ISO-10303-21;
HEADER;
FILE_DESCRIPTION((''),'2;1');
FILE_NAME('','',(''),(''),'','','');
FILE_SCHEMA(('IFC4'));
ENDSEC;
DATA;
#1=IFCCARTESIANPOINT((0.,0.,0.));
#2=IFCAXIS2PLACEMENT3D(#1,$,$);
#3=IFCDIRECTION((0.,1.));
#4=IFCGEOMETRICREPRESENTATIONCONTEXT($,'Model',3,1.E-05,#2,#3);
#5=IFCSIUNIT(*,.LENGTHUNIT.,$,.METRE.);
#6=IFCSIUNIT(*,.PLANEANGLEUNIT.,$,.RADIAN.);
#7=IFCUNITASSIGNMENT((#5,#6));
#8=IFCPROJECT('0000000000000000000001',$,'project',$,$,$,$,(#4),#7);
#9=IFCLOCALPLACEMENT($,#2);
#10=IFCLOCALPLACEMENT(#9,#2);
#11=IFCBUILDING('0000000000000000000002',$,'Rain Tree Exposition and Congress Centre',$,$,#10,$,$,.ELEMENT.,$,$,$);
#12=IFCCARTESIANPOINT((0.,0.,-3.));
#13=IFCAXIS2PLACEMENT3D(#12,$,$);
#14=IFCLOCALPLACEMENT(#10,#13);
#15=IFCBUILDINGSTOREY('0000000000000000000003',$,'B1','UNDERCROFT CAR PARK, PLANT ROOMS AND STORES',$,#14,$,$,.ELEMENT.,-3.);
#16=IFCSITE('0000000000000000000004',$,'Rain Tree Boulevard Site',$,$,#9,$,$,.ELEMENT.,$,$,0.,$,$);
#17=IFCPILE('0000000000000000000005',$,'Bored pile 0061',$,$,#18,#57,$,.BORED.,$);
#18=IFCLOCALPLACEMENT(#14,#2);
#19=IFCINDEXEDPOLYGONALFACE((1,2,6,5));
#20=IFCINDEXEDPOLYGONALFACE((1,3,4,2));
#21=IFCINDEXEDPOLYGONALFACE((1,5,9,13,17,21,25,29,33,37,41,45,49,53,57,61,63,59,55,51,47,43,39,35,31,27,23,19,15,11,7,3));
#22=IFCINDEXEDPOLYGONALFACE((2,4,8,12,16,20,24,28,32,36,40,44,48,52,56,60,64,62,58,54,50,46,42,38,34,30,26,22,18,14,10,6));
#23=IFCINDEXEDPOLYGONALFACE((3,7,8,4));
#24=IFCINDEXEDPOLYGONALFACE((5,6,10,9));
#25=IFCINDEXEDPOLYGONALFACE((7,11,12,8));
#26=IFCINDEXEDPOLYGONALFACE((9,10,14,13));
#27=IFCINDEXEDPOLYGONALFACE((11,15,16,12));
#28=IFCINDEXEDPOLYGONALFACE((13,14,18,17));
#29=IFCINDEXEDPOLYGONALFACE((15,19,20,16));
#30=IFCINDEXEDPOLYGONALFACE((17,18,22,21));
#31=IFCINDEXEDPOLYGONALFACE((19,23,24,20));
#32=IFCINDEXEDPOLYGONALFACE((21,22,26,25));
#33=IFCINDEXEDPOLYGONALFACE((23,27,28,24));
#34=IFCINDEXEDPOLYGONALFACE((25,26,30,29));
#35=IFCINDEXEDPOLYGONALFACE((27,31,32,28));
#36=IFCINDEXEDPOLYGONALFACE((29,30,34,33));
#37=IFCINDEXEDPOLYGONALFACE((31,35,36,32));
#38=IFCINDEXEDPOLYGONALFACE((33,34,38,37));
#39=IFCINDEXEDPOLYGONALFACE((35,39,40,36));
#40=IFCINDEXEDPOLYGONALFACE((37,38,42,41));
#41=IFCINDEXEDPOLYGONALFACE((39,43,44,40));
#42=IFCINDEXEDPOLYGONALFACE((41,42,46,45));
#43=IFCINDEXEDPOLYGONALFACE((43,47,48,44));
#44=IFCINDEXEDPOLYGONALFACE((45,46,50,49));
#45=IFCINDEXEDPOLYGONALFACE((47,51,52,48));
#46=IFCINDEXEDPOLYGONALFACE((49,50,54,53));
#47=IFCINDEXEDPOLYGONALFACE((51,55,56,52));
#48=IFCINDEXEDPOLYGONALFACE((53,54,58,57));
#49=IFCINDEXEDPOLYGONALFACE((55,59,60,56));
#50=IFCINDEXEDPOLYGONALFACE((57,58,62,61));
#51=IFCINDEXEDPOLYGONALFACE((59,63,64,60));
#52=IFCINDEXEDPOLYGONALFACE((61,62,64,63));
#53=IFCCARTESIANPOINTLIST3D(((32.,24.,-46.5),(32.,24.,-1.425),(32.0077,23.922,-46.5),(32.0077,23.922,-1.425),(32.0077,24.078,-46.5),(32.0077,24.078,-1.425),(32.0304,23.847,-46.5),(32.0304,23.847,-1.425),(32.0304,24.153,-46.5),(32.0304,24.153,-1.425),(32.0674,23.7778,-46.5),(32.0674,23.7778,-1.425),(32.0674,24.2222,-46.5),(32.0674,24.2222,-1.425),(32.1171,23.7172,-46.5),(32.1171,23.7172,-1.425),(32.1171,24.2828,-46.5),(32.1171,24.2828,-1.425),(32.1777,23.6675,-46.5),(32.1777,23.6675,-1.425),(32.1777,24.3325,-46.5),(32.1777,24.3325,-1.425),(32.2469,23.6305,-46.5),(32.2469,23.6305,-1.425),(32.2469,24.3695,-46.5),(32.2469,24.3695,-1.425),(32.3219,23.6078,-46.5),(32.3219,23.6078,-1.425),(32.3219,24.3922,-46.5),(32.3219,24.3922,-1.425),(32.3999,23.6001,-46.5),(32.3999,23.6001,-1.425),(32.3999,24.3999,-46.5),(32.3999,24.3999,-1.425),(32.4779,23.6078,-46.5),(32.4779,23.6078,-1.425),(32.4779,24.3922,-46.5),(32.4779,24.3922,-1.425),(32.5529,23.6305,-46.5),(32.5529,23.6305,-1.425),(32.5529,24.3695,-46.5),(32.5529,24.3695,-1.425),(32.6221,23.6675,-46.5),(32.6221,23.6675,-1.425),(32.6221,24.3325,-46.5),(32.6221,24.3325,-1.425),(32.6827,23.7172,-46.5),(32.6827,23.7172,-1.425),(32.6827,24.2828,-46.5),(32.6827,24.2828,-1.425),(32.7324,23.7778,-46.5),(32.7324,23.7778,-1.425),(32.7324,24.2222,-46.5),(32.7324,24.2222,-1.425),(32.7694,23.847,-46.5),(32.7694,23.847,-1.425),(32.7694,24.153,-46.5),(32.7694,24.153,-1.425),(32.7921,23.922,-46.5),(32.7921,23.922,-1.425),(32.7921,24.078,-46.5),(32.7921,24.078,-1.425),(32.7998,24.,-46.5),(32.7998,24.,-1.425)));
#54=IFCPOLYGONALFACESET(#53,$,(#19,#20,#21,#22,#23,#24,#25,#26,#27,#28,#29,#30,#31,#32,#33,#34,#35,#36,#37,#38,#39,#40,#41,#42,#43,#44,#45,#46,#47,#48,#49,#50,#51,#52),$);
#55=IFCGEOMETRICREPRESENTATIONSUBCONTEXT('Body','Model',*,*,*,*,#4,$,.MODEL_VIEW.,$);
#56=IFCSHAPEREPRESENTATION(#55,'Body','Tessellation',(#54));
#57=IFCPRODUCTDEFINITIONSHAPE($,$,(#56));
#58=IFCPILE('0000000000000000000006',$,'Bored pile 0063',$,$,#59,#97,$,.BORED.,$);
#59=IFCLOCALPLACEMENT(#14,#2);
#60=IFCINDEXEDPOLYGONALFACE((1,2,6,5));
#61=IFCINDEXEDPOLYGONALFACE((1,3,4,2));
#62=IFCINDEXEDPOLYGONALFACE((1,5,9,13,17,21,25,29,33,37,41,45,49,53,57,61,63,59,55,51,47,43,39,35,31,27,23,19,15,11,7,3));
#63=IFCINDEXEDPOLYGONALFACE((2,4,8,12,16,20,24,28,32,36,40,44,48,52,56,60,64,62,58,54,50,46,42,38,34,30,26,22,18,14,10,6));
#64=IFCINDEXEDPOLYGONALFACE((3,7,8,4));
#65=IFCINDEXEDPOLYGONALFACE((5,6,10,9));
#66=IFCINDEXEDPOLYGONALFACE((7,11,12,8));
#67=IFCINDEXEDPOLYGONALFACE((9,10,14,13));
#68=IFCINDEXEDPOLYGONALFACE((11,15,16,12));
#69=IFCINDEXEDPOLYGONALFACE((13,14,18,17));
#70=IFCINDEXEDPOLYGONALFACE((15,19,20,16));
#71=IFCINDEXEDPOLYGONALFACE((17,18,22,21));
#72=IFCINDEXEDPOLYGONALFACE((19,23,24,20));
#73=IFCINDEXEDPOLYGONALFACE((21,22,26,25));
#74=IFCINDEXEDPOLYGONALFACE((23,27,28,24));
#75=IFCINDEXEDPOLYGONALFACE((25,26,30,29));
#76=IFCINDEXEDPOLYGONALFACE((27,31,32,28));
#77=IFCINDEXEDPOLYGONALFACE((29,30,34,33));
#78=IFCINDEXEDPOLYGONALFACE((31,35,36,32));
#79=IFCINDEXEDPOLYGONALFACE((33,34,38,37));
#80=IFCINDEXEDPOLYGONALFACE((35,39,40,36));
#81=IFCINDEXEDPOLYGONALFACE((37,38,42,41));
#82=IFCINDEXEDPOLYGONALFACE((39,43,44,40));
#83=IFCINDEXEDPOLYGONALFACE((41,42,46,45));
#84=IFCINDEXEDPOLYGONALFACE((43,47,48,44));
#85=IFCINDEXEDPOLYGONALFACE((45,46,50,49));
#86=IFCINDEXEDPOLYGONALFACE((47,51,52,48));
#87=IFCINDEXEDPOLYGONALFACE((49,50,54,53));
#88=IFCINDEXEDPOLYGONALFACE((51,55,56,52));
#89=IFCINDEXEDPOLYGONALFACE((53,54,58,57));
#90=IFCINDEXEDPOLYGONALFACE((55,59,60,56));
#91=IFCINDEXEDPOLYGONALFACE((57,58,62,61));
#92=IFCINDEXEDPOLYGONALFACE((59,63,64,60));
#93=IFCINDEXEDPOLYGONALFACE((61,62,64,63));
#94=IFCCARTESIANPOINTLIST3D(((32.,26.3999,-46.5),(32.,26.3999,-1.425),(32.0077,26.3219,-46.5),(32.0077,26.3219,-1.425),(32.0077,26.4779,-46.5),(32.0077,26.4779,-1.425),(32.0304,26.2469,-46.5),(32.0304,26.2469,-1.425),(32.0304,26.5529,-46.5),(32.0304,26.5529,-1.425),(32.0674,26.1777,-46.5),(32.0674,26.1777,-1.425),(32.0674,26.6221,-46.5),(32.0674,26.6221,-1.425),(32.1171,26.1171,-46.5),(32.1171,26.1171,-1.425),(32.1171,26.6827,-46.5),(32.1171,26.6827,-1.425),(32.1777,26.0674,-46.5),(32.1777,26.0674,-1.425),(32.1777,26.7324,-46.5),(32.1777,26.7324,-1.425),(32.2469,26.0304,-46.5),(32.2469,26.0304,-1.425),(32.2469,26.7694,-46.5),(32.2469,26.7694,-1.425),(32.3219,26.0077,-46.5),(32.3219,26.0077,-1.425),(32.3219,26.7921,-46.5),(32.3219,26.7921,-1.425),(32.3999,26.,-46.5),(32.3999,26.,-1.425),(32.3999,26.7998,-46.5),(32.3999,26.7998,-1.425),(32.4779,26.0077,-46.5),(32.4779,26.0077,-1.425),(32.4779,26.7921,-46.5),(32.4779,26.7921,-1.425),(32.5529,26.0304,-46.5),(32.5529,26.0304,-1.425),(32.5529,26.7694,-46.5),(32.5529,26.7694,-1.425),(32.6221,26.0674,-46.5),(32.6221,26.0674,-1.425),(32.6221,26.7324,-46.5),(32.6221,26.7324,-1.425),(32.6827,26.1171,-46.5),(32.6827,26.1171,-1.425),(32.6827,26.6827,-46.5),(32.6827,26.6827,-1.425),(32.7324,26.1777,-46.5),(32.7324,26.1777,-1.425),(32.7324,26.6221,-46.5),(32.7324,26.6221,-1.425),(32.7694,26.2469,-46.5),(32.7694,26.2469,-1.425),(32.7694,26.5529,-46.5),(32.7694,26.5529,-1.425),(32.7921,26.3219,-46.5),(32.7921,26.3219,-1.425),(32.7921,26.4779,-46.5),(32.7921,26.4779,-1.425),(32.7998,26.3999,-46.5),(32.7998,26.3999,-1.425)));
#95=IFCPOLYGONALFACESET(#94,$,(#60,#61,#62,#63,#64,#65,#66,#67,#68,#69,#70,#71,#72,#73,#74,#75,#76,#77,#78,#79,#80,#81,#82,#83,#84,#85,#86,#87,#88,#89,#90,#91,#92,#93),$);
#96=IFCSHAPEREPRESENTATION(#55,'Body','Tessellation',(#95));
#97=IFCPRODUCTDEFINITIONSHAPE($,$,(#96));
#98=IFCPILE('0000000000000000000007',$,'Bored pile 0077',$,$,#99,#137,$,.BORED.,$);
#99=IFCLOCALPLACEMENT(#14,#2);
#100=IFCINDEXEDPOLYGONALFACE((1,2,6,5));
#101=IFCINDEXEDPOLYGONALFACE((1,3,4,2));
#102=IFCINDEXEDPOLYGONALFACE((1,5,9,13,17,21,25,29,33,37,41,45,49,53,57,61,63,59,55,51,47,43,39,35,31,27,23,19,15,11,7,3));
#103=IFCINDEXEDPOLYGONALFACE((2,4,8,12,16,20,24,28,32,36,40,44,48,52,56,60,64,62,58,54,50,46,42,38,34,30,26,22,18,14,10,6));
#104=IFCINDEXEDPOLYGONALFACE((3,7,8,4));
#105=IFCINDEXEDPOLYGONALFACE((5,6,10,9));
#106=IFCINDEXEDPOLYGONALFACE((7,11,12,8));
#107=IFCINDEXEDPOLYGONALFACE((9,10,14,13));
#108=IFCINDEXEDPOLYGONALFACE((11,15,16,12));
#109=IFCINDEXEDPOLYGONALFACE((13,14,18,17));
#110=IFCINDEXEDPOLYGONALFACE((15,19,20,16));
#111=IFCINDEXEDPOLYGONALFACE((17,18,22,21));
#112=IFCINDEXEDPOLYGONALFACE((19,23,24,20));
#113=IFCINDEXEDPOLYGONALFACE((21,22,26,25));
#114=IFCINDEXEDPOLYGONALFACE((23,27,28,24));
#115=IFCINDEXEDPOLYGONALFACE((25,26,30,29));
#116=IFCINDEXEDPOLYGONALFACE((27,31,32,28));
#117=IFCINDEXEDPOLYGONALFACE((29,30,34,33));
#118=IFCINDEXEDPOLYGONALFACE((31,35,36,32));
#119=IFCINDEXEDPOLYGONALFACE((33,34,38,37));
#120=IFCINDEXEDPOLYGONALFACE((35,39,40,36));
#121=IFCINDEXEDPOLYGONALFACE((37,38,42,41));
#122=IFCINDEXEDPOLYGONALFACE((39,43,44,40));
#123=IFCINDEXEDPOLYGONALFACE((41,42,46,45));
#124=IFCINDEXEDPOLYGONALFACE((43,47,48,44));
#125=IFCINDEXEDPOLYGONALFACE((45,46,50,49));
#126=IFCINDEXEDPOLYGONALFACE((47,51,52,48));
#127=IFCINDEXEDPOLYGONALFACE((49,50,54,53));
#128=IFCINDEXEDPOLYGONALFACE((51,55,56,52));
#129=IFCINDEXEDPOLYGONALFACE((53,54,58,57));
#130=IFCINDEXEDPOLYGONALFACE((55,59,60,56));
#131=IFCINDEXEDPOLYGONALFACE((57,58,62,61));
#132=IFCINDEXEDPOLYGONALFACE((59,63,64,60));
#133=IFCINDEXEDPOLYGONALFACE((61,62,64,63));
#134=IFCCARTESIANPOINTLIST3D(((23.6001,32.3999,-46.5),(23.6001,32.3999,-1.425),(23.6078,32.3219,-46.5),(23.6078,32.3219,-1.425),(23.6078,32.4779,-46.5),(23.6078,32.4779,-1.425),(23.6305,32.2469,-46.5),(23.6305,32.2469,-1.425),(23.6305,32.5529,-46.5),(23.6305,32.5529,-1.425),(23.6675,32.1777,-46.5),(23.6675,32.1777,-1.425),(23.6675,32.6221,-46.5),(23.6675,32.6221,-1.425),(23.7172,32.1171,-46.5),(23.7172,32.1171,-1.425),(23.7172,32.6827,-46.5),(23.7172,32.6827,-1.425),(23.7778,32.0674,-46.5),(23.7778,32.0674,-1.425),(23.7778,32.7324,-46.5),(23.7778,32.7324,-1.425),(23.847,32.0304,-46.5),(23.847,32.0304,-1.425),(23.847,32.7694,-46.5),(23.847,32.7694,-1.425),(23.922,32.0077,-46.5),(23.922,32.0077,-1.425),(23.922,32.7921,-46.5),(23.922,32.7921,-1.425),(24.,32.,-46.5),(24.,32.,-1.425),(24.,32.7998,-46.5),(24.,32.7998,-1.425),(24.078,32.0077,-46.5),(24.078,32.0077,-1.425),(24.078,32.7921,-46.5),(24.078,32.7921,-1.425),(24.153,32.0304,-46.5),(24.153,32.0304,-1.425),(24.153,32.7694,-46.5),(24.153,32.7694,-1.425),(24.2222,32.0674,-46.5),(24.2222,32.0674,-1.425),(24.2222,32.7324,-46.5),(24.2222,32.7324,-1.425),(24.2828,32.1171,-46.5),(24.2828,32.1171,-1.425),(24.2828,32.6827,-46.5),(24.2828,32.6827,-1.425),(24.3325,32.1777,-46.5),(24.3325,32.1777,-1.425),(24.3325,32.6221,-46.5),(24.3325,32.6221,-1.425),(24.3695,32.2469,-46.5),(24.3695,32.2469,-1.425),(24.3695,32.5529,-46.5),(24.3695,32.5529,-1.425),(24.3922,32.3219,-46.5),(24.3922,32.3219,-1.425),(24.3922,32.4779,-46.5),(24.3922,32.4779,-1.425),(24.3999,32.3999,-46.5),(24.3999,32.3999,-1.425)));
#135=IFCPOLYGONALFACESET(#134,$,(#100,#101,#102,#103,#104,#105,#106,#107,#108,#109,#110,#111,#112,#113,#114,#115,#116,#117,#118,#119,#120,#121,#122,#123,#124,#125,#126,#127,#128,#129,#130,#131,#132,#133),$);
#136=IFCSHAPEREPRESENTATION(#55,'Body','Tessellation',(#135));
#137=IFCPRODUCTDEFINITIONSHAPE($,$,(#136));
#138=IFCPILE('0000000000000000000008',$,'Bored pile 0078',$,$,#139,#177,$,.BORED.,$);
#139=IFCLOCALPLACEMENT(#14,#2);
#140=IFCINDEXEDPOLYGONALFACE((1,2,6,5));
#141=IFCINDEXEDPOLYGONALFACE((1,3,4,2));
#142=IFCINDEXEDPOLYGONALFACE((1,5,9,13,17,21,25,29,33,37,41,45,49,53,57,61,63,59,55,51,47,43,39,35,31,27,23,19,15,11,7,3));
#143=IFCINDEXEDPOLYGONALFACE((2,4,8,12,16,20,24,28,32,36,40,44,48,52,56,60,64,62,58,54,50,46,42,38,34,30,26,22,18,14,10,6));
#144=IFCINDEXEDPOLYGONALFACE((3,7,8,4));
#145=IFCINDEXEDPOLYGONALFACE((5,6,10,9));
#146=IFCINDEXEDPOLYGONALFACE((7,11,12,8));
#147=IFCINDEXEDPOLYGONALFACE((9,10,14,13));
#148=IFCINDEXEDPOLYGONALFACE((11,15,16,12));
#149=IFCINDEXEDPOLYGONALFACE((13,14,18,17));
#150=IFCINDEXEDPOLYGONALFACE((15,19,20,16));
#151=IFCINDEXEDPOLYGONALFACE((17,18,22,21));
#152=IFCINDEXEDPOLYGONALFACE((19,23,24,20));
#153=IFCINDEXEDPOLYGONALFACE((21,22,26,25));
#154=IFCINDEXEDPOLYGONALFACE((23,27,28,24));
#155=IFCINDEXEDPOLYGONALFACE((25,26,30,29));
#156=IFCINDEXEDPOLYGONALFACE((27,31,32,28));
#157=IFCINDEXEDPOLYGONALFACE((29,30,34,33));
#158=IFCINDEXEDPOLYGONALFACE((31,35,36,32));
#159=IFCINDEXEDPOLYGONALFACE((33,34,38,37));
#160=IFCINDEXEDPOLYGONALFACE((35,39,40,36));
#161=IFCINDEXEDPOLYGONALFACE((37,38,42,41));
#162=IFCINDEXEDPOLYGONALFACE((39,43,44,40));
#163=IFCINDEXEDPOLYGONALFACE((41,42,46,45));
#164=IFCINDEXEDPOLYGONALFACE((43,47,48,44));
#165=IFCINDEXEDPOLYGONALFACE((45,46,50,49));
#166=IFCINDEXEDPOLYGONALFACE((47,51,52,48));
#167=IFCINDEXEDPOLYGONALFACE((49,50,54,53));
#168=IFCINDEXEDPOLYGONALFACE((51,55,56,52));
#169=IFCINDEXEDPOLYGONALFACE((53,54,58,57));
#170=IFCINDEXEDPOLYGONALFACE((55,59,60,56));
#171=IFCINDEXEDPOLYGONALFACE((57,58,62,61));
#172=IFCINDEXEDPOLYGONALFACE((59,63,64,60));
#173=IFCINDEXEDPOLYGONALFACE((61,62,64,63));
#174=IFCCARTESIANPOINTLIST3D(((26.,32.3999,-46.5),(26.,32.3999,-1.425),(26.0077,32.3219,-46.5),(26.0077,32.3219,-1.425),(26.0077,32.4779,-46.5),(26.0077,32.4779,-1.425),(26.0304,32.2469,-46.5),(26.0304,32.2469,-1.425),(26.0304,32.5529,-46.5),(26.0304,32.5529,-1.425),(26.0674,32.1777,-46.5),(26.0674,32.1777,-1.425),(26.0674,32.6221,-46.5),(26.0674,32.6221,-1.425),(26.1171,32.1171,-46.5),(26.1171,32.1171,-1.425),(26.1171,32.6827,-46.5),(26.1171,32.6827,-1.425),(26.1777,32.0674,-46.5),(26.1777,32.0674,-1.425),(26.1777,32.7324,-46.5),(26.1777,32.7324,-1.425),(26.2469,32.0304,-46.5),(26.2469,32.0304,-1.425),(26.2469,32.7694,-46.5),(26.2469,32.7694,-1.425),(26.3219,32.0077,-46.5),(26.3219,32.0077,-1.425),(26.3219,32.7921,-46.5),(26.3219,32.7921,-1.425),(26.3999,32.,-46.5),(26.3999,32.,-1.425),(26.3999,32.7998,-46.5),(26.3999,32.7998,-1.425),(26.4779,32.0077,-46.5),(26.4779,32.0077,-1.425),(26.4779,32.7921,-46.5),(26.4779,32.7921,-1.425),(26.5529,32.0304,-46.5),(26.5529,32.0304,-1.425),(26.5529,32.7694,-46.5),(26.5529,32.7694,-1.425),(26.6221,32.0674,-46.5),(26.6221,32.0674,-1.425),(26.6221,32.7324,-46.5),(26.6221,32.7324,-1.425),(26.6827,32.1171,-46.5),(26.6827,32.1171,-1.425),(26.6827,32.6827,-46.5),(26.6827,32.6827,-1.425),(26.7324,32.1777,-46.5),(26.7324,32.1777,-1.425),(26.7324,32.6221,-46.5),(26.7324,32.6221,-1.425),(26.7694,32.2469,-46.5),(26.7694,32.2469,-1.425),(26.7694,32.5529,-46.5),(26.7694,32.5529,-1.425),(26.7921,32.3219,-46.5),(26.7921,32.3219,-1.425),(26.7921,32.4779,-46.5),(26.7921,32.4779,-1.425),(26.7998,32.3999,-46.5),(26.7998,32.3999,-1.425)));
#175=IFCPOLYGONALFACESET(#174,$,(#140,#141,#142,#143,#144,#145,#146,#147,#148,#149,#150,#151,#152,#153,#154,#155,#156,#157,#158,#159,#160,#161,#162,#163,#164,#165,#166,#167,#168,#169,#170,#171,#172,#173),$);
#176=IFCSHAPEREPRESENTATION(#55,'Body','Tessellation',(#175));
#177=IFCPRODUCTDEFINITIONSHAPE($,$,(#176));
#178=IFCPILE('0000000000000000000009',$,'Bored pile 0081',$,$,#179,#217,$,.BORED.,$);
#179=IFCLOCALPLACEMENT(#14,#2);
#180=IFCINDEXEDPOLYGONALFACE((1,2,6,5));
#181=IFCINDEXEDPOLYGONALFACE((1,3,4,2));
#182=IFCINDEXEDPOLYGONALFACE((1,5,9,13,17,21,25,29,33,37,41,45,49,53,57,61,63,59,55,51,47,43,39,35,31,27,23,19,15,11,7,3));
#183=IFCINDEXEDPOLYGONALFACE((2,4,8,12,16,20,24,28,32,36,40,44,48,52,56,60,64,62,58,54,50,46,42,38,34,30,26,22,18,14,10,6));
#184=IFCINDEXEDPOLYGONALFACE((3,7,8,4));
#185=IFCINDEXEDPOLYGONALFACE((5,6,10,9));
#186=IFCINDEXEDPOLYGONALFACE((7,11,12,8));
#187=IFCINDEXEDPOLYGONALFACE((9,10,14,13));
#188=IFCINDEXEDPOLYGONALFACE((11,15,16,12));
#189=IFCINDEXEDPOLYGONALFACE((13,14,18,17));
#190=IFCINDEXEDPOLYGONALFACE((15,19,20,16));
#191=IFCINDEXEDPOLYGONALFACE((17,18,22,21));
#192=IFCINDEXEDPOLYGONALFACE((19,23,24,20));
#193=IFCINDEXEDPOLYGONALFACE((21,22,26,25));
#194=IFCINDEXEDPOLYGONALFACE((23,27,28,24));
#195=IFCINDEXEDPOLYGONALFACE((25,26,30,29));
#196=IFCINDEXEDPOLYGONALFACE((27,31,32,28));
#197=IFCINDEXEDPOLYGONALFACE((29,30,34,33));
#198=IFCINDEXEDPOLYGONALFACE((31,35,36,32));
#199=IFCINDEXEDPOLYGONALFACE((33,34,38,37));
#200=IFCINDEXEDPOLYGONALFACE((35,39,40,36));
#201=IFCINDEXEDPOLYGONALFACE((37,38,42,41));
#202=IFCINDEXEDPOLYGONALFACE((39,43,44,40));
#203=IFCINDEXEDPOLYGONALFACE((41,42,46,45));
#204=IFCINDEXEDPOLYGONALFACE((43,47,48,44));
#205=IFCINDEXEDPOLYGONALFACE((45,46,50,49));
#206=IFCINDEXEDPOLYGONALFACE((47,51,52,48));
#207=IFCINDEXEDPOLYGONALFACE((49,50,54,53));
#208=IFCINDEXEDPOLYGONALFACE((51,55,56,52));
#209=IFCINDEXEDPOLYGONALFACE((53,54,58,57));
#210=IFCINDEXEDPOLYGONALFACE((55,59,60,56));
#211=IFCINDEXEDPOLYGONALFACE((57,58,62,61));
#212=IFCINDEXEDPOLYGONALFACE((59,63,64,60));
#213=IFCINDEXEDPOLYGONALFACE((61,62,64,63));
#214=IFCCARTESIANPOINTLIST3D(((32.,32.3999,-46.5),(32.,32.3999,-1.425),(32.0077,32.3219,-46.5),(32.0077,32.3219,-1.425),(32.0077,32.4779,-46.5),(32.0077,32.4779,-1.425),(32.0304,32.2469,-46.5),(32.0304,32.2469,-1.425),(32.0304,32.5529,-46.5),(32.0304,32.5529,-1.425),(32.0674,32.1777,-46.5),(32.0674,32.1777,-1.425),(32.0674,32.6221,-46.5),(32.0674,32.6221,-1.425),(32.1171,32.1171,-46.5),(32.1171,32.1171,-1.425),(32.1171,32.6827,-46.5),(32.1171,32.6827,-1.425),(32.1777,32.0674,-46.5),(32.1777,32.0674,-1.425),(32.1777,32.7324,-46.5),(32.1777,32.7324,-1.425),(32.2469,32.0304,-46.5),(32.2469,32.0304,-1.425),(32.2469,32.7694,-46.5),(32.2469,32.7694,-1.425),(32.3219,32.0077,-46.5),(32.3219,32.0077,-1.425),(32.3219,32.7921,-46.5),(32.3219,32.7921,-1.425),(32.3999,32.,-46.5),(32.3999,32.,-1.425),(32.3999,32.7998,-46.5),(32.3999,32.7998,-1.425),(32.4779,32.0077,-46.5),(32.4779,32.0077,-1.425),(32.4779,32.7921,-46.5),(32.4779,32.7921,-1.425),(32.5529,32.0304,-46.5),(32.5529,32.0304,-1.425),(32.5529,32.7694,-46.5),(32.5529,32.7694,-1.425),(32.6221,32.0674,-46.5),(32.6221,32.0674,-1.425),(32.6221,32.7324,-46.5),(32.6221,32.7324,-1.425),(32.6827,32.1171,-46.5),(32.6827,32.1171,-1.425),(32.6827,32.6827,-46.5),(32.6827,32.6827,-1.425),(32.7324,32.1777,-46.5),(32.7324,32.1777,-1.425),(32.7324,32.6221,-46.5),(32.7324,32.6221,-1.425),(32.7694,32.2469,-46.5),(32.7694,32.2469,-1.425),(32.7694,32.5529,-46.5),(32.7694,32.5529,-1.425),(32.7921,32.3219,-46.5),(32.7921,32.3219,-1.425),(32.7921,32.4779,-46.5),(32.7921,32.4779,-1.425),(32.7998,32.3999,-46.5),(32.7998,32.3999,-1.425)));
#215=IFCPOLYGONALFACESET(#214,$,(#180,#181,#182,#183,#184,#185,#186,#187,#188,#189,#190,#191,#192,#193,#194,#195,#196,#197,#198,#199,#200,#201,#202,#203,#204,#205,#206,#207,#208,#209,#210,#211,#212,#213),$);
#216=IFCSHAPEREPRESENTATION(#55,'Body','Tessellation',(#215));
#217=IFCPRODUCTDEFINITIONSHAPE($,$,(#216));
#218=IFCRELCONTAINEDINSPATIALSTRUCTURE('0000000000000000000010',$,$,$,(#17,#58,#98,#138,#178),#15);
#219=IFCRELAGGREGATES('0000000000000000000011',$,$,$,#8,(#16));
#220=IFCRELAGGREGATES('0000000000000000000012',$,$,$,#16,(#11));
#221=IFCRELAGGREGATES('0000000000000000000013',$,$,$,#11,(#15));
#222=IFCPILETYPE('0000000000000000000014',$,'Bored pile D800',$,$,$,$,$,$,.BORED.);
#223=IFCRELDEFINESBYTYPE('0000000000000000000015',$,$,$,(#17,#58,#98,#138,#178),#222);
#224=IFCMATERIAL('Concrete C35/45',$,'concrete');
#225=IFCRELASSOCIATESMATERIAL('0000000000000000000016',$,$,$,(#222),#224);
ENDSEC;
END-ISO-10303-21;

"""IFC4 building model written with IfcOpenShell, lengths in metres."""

from ifc_helpers import new_model, si_unit, direction, frame, origin, origin_2d, place, context, subcontext, project, spatial, circle, extrude, material, material_profile, profile_set, type_object, element, save


model = new_model("IFC4")

# Units and contexts
model_context = context("Model", 3, precision=1e-05, world=origin(), true_north=direction((0.0, 1.0)))
body_context = subcontext(model_context, "Body", "Model", "MODEL_VIEW")
ifc_project = project(units=[si_unit("LENGTHUNIT", "METRE"), si_unit("PLANEANGLEUNIT", "RADIAN")], contexts=[model_context])

# Site, building, storey
site_placement = place(None, origin())
site = spatial("IfcSite", under=ifc_project, at=site_placement, Name="Rain Tree Boulevard Site", CompositionType="ELEMENT", RefElevation=0.0)
building_placement = place(site_placement, origin())
building = spatial("IfcBuilding", under=site, at=building_placement, Name="Rain Tree Exposition and Congress Centre", CompositionType="ELEMENT")
storey_placement = place(building_placement, frame((0.0, 0.0, -3.0)))
storey = spatial("IfcBuildingStorey", under=building, at=storey_placement, Name="B1", Description="UNDERCROFT CAR PARK, PLANT ROOMS AND STORES", CompositionType="ELEMENT", Elevation=-3.0)

# Piles
ifc_material_1 = material(Name="Concrete C35/45", Category="concrete")
ifc_material_profile_1 = material_profile(ifc_material_1, circle(Radius=0.3999, at=origin_2d()), Name="D800")
ifc_profile_set_1 = profile_set([ifc_material_profile_1], Name="Concrete C35/45")
pile_type = type_object("IfcPileType", Name="Bored pile D800", PredefinedType="BORED", material=ifc_profile_set_1)
for number, where, z_axis, x_axis, name in (
    (1, (32.3999, 24.0, -1.425), (0.0, 0.0, -1.0), (1.0, 0.0, 0.0), "Bored pile 0061"),
    (2, (32.3999, 26.3999, -1.425), (0.0, 0.0, -1.0), (1.0, 0.0, 0.0), "Bored pile 0063"),
    (3, (24.0, 32.3999, -1.425), (0.0, 0.0, -1.0), (1.0, 0.0, 0.0), "Bored pile 0077"),
    (4, (26.3999, 32.3999, -1.425), (0.0, 0.0, -1.0), (1.0, 0.0, 0.0), "Bored pile 0078"),
    (5, (32.3999, 32.3999, -1.425), (0.0, 0.0, -1.0), (1.0, 0.0, 0.0), "Bored pile 0081"),
):
    element("IfcPile", number, at=place(storey_placement, frame(where, z_axis=z_axis, x_axis=x_axis)), inside=storey, type_object=pile_type, Name=name, PredefinedType="BORED", context=body_context, shape_type="SweptSolid", body=[
        extrude(circle(Radius=0.3999, at=origin_2d()), origin(), (0.0, 0.0, 1.0), 45.075),
    ])

save(model, "model.ifc")
